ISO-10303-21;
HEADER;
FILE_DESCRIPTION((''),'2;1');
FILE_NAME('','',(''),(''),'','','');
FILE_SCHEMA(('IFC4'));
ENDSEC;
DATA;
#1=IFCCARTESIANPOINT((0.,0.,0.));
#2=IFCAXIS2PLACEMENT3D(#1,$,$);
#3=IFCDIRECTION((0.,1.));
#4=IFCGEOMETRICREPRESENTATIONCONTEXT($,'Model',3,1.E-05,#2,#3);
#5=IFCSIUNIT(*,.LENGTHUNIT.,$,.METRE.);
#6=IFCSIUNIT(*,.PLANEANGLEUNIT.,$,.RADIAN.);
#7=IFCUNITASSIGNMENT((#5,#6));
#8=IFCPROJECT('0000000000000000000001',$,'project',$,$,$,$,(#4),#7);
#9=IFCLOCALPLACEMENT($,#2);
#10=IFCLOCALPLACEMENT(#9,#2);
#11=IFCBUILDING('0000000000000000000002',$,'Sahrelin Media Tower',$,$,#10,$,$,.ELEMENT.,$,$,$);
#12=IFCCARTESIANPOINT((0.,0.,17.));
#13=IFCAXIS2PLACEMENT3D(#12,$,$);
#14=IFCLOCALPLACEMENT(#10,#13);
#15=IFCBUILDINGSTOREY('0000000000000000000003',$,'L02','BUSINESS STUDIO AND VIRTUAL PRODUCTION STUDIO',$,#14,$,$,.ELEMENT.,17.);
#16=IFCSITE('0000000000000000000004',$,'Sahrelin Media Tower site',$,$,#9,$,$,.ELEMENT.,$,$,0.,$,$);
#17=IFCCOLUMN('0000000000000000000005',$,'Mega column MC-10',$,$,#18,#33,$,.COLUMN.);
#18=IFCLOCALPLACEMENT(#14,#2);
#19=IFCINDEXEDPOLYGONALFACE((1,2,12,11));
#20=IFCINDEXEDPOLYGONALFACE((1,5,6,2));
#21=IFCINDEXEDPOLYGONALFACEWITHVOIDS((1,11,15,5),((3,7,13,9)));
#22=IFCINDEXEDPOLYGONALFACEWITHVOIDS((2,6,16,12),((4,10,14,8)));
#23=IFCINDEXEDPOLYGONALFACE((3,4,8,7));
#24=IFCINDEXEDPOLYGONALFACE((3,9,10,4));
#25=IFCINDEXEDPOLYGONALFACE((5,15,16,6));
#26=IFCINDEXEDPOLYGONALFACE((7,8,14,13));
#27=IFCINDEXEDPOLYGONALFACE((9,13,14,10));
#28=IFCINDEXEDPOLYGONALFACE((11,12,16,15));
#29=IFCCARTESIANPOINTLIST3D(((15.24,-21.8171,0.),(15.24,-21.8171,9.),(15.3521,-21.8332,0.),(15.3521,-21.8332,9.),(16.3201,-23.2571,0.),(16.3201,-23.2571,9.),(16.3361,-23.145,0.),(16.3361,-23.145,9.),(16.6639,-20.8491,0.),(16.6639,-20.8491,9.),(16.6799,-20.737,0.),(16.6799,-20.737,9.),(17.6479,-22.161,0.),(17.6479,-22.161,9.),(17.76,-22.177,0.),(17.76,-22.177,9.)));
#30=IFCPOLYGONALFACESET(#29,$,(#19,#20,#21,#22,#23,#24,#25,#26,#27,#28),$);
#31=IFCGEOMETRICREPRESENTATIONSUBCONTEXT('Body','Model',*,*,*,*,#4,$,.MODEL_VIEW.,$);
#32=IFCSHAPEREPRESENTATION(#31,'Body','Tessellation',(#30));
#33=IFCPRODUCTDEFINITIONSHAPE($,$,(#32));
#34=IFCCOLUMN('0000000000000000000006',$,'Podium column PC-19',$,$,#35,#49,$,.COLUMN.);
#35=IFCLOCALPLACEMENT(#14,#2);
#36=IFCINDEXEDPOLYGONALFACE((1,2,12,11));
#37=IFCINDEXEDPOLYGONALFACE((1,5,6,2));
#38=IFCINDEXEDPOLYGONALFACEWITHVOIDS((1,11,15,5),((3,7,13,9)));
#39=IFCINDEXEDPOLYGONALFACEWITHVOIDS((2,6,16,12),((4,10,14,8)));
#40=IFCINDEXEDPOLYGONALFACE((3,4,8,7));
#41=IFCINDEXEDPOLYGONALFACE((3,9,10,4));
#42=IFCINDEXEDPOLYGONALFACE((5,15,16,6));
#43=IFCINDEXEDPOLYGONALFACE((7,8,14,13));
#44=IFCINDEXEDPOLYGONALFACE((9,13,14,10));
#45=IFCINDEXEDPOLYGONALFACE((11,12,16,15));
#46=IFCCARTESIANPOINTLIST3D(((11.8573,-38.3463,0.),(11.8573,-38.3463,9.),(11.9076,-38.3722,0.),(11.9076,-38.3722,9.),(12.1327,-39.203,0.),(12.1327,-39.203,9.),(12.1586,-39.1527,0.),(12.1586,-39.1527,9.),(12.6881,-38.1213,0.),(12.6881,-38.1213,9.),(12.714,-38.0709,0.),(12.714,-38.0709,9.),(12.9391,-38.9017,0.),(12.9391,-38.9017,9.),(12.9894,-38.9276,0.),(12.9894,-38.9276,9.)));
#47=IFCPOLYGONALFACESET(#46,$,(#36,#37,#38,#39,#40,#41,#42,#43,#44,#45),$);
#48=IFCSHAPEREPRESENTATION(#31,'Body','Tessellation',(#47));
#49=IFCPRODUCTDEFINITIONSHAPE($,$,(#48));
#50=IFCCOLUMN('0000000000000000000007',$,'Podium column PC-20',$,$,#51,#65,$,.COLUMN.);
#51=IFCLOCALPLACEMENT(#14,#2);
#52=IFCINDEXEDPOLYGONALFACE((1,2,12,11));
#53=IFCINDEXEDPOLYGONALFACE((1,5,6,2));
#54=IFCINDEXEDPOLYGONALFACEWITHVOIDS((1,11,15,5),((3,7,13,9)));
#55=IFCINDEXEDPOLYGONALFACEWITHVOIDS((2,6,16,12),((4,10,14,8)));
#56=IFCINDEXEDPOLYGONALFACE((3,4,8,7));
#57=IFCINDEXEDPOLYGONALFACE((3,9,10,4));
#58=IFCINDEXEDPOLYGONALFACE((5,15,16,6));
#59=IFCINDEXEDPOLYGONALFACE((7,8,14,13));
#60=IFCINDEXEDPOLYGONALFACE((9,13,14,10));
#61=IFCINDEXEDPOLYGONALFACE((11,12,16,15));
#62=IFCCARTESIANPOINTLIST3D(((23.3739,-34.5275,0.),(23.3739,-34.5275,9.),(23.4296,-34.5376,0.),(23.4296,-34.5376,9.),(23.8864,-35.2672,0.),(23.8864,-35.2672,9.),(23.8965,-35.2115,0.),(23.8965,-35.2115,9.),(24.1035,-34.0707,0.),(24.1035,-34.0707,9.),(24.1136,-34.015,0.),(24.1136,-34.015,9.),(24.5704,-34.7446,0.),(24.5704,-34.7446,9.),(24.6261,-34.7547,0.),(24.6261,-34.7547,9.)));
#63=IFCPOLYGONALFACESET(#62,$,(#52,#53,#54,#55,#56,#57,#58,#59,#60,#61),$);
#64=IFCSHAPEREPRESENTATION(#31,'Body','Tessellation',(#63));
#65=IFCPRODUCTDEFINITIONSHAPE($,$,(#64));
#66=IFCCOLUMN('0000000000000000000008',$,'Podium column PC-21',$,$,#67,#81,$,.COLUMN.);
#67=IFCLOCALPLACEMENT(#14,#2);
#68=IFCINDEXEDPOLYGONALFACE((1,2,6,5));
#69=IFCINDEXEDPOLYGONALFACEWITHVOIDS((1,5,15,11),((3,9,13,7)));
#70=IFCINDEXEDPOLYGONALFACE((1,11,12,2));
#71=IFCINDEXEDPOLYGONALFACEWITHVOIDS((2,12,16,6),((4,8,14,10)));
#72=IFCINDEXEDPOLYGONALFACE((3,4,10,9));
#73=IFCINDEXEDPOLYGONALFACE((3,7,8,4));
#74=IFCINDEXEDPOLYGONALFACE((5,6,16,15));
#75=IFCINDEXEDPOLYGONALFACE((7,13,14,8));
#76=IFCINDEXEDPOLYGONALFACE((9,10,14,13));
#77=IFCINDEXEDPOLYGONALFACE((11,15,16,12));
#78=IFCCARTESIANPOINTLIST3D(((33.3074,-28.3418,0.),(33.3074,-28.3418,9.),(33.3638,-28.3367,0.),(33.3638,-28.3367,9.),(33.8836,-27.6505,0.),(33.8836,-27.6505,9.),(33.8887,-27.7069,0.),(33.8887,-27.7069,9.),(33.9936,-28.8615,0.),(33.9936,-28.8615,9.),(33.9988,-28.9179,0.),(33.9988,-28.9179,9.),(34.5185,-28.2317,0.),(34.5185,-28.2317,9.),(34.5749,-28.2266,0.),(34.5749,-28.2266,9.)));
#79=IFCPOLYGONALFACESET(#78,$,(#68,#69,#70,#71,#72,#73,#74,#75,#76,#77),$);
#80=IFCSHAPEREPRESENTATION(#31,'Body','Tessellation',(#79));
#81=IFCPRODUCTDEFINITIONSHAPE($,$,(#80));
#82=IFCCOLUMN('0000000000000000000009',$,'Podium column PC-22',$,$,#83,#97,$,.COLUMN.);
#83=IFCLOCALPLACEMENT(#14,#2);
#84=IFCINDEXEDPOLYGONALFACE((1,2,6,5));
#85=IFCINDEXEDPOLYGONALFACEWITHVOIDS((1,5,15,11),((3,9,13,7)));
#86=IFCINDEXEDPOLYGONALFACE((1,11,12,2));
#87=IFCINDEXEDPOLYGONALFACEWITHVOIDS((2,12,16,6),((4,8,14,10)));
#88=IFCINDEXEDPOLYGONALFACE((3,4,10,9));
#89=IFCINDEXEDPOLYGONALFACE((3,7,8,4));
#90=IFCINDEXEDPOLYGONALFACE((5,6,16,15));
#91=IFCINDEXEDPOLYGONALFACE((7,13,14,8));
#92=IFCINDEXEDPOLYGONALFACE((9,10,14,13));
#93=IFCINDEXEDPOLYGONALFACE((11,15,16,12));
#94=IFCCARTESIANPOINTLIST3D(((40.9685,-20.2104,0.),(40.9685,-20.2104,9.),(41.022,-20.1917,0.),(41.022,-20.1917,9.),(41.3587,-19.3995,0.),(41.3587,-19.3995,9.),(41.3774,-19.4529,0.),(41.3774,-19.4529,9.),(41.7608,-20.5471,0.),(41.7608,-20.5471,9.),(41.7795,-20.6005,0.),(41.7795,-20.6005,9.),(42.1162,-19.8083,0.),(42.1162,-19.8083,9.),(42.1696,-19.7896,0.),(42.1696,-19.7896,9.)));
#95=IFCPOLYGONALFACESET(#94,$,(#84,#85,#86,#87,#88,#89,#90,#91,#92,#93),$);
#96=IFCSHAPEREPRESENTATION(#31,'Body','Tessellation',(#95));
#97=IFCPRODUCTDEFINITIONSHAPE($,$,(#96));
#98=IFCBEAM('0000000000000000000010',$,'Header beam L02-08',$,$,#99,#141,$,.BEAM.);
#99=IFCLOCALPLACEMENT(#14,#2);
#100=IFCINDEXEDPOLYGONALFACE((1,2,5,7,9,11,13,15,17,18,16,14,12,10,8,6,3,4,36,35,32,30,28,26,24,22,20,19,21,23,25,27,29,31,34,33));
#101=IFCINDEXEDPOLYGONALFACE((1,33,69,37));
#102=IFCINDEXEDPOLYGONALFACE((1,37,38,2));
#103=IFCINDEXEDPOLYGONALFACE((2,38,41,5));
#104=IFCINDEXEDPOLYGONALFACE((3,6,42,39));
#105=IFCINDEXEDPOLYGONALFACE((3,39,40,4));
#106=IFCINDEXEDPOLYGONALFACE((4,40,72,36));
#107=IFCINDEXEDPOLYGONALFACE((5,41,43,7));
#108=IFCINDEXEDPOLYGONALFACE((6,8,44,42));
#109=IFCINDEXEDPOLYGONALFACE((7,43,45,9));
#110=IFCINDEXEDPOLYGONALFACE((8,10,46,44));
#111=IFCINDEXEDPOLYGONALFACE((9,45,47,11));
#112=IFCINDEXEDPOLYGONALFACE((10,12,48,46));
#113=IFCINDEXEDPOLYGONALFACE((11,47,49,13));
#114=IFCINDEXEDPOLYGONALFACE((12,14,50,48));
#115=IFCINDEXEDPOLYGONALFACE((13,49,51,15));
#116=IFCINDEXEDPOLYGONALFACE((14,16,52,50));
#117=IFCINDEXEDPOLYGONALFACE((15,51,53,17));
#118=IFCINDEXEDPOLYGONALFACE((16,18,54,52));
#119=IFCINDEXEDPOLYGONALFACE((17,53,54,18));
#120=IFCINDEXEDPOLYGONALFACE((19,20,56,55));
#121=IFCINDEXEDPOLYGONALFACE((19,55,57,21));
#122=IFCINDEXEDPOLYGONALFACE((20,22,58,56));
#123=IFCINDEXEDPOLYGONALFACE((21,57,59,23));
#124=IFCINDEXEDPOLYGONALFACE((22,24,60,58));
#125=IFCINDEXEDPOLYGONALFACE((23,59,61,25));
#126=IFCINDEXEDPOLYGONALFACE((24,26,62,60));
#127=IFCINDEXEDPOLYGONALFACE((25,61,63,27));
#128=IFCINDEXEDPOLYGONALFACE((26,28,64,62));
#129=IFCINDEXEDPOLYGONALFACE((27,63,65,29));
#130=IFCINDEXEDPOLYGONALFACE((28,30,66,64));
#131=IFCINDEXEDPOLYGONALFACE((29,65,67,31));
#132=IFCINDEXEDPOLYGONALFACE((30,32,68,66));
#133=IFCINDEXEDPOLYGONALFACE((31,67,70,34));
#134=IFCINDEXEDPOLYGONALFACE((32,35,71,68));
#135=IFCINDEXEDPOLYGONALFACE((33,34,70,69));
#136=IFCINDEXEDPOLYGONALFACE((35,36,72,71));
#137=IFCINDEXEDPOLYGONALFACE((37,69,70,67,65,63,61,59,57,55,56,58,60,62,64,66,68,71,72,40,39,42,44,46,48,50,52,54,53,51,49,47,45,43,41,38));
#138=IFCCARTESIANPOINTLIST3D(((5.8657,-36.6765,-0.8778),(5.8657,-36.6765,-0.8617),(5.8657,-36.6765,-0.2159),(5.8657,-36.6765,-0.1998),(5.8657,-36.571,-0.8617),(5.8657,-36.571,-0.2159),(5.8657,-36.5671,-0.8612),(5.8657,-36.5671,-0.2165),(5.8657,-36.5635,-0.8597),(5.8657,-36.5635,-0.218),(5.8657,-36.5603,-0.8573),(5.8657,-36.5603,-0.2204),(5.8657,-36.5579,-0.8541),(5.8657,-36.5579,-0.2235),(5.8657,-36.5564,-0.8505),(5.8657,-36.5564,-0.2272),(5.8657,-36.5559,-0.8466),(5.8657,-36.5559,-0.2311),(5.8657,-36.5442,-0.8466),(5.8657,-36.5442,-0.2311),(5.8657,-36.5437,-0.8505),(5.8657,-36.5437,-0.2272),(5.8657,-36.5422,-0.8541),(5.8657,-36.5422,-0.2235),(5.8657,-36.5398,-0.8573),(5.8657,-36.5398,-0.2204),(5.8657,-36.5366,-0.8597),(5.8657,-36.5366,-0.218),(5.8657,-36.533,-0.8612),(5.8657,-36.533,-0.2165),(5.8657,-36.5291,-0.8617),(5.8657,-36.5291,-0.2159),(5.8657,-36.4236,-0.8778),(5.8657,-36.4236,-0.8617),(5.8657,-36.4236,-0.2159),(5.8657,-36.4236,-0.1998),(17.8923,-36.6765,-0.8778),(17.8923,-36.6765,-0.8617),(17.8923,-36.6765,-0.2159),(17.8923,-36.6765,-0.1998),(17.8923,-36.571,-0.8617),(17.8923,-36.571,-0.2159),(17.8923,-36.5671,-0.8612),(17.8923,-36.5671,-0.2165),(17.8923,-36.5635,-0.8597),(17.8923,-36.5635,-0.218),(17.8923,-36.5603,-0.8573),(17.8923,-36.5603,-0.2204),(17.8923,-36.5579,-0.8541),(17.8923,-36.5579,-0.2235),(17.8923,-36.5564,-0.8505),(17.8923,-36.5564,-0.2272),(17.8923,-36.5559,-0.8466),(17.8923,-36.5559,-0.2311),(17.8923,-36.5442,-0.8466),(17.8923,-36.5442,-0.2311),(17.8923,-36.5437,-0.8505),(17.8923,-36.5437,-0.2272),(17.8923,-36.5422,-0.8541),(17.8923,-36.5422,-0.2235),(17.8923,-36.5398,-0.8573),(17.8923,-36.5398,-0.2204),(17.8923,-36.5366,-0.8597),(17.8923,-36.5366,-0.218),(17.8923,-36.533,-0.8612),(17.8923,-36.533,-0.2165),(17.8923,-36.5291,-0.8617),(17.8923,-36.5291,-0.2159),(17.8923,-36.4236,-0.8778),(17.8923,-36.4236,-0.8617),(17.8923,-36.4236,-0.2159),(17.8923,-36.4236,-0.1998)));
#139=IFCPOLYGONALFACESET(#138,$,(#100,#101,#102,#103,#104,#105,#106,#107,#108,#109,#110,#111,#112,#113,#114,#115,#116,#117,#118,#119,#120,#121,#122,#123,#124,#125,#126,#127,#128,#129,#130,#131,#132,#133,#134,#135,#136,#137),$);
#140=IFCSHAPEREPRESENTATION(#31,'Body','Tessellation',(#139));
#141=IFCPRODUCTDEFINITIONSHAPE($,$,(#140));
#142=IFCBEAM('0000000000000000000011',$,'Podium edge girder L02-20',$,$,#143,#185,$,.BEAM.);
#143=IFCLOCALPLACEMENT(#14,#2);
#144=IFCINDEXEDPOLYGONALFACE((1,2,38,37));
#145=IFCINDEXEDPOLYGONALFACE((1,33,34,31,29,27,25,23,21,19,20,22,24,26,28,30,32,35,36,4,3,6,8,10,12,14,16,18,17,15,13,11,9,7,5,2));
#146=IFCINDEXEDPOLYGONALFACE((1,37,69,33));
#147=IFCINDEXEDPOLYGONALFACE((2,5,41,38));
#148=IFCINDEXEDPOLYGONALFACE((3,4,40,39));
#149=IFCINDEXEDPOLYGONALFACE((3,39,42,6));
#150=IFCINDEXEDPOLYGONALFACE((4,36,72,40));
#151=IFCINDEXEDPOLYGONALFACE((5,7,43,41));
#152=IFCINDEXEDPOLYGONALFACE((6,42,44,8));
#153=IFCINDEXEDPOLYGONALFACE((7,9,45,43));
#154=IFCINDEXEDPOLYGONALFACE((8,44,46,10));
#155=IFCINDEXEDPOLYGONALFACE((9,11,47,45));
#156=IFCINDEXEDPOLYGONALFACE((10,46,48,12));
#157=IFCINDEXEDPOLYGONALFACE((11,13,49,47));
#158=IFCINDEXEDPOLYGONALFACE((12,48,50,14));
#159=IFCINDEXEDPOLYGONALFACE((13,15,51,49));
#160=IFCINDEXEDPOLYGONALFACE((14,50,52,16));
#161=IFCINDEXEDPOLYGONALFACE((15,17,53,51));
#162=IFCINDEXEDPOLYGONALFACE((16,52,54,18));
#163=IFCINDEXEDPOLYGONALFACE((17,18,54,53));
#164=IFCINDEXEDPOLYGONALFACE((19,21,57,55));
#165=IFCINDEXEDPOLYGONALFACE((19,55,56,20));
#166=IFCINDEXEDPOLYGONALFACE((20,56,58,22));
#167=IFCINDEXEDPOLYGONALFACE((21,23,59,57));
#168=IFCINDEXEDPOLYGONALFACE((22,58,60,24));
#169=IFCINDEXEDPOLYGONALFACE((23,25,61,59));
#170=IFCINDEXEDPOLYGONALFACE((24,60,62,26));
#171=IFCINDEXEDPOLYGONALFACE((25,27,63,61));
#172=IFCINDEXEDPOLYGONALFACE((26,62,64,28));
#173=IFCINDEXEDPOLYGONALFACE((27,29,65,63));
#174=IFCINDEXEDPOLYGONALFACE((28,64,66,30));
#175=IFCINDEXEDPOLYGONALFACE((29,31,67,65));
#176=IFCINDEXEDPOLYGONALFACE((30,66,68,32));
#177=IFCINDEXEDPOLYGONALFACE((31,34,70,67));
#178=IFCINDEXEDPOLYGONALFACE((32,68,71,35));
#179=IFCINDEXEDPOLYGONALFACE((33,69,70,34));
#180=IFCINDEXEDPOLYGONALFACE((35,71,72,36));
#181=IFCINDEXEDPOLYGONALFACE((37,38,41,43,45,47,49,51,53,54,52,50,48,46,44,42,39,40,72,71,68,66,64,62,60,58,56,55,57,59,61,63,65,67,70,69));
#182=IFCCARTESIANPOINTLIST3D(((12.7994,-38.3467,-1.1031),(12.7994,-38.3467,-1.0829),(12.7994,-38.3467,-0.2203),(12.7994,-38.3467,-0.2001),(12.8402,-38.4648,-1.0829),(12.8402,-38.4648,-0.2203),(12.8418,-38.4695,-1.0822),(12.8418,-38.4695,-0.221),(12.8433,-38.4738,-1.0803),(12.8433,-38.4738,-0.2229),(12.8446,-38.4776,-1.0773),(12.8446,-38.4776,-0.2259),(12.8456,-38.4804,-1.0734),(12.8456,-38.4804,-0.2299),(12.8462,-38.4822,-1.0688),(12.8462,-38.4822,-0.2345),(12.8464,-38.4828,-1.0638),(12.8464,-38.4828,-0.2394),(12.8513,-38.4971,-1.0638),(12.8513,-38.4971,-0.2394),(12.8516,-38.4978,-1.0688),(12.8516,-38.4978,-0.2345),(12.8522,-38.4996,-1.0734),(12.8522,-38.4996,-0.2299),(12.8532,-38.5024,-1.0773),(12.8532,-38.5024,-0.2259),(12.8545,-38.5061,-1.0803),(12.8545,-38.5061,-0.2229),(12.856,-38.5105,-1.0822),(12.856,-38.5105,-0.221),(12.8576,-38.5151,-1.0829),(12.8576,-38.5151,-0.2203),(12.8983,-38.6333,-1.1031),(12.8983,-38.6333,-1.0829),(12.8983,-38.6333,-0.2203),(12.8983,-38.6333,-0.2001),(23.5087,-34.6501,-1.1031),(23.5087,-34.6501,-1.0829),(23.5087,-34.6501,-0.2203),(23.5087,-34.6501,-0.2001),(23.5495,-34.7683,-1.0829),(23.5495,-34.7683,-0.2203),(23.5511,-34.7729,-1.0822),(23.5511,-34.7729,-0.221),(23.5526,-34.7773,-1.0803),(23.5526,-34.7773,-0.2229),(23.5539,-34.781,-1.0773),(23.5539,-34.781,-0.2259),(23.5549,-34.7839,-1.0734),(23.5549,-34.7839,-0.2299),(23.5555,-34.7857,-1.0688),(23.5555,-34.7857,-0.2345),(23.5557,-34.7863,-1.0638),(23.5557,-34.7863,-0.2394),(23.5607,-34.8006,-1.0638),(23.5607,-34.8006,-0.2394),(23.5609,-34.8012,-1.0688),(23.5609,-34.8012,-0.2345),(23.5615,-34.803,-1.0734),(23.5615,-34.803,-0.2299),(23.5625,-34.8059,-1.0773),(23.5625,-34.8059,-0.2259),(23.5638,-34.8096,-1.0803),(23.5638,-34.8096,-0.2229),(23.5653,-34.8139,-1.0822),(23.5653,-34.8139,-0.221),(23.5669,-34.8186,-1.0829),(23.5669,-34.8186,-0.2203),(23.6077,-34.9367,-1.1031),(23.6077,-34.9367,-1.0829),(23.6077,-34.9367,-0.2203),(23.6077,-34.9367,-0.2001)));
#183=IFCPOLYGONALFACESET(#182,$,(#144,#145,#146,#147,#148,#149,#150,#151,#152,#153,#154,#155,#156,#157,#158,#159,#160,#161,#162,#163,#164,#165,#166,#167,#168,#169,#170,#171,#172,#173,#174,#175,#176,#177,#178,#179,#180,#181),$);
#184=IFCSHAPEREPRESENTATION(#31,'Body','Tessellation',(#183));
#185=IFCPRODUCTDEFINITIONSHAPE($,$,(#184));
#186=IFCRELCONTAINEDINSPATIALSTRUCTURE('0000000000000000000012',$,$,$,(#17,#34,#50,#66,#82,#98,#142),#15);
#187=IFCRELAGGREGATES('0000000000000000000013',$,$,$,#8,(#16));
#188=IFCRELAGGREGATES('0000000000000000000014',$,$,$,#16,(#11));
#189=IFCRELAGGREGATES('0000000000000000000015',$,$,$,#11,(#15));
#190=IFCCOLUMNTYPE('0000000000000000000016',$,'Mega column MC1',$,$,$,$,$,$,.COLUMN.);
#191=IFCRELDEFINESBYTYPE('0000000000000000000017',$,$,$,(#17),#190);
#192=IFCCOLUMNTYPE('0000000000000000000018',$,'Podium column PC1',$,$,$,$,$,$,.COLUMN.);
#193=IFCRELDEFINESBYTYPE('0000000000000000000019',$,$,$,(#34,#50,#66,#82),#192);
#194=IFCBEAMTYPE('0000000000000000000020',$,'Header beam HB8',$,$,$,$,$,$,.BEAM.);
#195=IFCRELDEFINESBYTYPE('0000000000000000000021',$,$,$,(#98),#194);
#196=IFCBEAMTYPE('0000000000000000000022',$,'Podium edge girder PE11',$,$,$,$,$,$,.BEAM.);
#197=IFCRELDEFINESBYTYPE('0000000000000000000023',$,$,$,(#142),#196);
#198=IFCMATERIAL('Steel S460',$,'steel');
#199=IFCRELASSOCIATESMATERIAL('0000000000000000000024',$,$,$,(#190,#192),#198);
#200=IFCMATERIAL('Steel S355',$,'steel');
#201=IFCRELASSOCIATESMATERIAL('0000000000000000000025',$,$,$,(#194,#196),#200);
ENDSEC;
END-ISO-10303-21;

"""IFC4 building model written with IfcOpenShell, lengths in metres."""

from ifc_helpers import new_model, si_unit, direction, frame, origin, origin_2d, place, context, subcontext, project, spatial, hollow_rectangle, i_section, extrude, material, material_profile, profile_set, type_object, element, save


model = new_model("IFC4")

# Units and contexts
model_context = context("Model", 3, precision=1e-05, world=origin(), true_north=direction((0.0, 1.0)))
body_context = subcontext(model_context, "Body", "Model", "MODEL_VIEW")
ifc_project = project(units=[si_unit("LENGTHUNIT", "METRE"), si_unit("PLANEANGLEUNIT", "RADIAN")], contexts=[model_context])

# Site, building, storey
site_placement = place(None, origin())
site = spatial("IfcSite", under=ifc_project, at=site_placement, Name="Sahrelin Media Tower site", CompositionType="ELEMENT", RefElevation=0.0)
building_placement = place(site_placement, origin())
building = spatial("IfcBuilding", under=site, at=building_placement, Name="Sahrelin Media Tower", CompositionType="ELEMENT")
storey_placement = place(building_placement, frame((0.0, 0.0, 17.0)))
storey = spatial("IfcBuildingStorey", under=building, at=storey_placement, Name="L02", Description="BUSINESS STUDIO AND VIRTUAL PRODUCTION STUDIO", CompositionType="ELEMENT", Elevation=17.0)

# Columns
ifc_material_1 = material(Name="Steel S460", Category="steel")
ifc_material_profile_1 = material_profile(ifc_material_1, hollow_rectangle(XDim=1.8, YDim=1.8, WallThickness=0.0801, at=origin_2d()), Name="Mega column MC1")
ifc_profile_set_1 = profile_set([ifc_material_profile_1], Name="Steel S460")
column_type_1 = type_object("IfcColumnType", Name="Mega column MC1", PredefinedType="COLUMN", material=ifc_profile_set_1)
column_placement = place(storey_placement, frame((16.5, -21.9971, 0.0), z_axis=(0.0, 0.0, 1.0), x_axis=(0.600052, -0.799961, 0.0)))
element("IfcColumn", 1, at=column_placement, inside=storey, type_object=column_type_1, Name="Mega column MC-10", PredefinedType="COLUMN", context=body_context, shape_type="SweptSolid", body=[
    extrude(hollow_rectangle(XDim=1.8, YDim=1.8, WallThickness=0.0801, at=origin_2d()), origin(), (0.0, 0.0, 1.0), 9.0),
])
ifc_material_profile_2 = material_profile(ifc_material_1, hollow_rectangle(XDim=0.8999, YDim=0.8999, WallThickness=0.04, at=origin_2d()), Name="Podium column PC1")
ifc_profile_set_2 = profile_set([ifc_material_profile_2], Name="Steel S460")
column_type_2 = type_object("IfcColumnType", Name="Podium column PC1", PredefinedType="COLUMN", material=ifc_profile_set_2)
for number, where, z_axis, x_axis, name in (
    (2, (12.4233, -38.637, 0.0), (0.0, 0.0, 1.0), (0.306104, -0.951998, 0.0), "Podium column PC-19"),
    (3, (24.0, -34.6411, 0.0), (0.0, 0.0, 1.0), (0.569495, -0.821995, 0.0), "Podium column PC-20"),
    (4, (33.9412, -28.2842, 0.0), (0.0, 0.0, 1.0), (0.768221, -0.640185, 0.0), "Podium column PC-21"),
    (5, (41.5691, -20.0, 0.0), (0.0, 0.0, 1.0), (0.901127, -0.433555, 0.0), "Podium column PC-22"),
):
    element("IfcColumn", number, at=place(storey_placement, frame(where, z_axis=z_axis, x_axis=x_axis)), inside=storey, type_object=column_type_2, Name=name, PredefinedType="COLUMN", context=body_context, shape_type="SweptSolid", body=[
        extrude(hollow_rectangle(XDim=0.8999, YDim=0.8999, WallThickness=0.04, at=origin_2d()), origin(), (0.0, 0.0, 1.0), 9.0),
    ])

# Beams
ifc_material_2 = material(Name="Steel S355", Category="steel")
ifc_material_profile_3 = material_profile(ifc_material_2, i_section(OverallWidth=0.2529, OverallDepth=0.678, WebThickness=0.0117, FlangeThickness=0.0161, FilletRadius=0.0151, at=origin_2d()), Name="UB 686x254x125")
ifc_profile_set_3 = profile_set([ifc_material_profile_3], Name="Steel S355")
beam_type_1 = type_object("IfcBeamType", Name="Header beam HB8", PredefinedType="BEAM", material=ifc_profile_set_3)
beam_1_placement = place(storey_placement, frame((17.8923, -36.55, -0.5388), z_axis=(-1.0, 0.0, 0.0), x_axis=(0.0, -1.0, 0.0)))
element("IfcBeam", 6, at=beam_1_placement, inside=storey, type_object=beam_type_1, Name="Header beam L02-08", PredefinedType="BEAM", context=body_context, shape_type="SweptSolid", body=[
    extrude(i_section(OverallWidth=0.2529, OverallDepth=0.678, WebThickness=0.0117, FlangeThickness=0.0161, FilletRadius=0.0151, at=origin_2d()), origin(), (0.0, 0.0, 1.0), 12.0266),
])
ifc_material_profile_4 = material_profile(ifc_material_2, i_section(OverallWidth=0.3032, OverallDepth=0.9031, WebThickness=0.0151, FlangeThickness=0.0203, FilletRadius=0.019, at=origin_2d()), Name="UB 914x305x201")
ifc_profile_set_4 = profile_set([ifc_material_profile_4], Name="Steel S355")
beam_type_2 = type_object("IfcBeamType", Name="Podium edge girder PE11", PredefinedType="BEAM", material=ifc_profile_set_4)
beam_2_placement = place(storey_placement, frame((12.8489, -38.49, -0.6516), z_axis=(0.945272, 0.326282, 0.0), x_axis=(-0.326282, 0.945272, 0.0)))
element("IfcBeam", 7, at=beam_2_placement, inside=storey, type_object=beam_type_2, Name="Podium edge girder L02-20", PredefinedType="BEAM", context=body_context, shape_type="SweptSolid", body=[
    extrude(i_section(OverallWidth=0.3032, OverallDepth=0.9031, WebThickness=0.0151, FlangeThickness=0.0203, FilletRadius=0.019, at=origin_2d()), origin(), (0.0, 0.0, 1.0), 11.3293),
])

save(model, "model.ifc")
